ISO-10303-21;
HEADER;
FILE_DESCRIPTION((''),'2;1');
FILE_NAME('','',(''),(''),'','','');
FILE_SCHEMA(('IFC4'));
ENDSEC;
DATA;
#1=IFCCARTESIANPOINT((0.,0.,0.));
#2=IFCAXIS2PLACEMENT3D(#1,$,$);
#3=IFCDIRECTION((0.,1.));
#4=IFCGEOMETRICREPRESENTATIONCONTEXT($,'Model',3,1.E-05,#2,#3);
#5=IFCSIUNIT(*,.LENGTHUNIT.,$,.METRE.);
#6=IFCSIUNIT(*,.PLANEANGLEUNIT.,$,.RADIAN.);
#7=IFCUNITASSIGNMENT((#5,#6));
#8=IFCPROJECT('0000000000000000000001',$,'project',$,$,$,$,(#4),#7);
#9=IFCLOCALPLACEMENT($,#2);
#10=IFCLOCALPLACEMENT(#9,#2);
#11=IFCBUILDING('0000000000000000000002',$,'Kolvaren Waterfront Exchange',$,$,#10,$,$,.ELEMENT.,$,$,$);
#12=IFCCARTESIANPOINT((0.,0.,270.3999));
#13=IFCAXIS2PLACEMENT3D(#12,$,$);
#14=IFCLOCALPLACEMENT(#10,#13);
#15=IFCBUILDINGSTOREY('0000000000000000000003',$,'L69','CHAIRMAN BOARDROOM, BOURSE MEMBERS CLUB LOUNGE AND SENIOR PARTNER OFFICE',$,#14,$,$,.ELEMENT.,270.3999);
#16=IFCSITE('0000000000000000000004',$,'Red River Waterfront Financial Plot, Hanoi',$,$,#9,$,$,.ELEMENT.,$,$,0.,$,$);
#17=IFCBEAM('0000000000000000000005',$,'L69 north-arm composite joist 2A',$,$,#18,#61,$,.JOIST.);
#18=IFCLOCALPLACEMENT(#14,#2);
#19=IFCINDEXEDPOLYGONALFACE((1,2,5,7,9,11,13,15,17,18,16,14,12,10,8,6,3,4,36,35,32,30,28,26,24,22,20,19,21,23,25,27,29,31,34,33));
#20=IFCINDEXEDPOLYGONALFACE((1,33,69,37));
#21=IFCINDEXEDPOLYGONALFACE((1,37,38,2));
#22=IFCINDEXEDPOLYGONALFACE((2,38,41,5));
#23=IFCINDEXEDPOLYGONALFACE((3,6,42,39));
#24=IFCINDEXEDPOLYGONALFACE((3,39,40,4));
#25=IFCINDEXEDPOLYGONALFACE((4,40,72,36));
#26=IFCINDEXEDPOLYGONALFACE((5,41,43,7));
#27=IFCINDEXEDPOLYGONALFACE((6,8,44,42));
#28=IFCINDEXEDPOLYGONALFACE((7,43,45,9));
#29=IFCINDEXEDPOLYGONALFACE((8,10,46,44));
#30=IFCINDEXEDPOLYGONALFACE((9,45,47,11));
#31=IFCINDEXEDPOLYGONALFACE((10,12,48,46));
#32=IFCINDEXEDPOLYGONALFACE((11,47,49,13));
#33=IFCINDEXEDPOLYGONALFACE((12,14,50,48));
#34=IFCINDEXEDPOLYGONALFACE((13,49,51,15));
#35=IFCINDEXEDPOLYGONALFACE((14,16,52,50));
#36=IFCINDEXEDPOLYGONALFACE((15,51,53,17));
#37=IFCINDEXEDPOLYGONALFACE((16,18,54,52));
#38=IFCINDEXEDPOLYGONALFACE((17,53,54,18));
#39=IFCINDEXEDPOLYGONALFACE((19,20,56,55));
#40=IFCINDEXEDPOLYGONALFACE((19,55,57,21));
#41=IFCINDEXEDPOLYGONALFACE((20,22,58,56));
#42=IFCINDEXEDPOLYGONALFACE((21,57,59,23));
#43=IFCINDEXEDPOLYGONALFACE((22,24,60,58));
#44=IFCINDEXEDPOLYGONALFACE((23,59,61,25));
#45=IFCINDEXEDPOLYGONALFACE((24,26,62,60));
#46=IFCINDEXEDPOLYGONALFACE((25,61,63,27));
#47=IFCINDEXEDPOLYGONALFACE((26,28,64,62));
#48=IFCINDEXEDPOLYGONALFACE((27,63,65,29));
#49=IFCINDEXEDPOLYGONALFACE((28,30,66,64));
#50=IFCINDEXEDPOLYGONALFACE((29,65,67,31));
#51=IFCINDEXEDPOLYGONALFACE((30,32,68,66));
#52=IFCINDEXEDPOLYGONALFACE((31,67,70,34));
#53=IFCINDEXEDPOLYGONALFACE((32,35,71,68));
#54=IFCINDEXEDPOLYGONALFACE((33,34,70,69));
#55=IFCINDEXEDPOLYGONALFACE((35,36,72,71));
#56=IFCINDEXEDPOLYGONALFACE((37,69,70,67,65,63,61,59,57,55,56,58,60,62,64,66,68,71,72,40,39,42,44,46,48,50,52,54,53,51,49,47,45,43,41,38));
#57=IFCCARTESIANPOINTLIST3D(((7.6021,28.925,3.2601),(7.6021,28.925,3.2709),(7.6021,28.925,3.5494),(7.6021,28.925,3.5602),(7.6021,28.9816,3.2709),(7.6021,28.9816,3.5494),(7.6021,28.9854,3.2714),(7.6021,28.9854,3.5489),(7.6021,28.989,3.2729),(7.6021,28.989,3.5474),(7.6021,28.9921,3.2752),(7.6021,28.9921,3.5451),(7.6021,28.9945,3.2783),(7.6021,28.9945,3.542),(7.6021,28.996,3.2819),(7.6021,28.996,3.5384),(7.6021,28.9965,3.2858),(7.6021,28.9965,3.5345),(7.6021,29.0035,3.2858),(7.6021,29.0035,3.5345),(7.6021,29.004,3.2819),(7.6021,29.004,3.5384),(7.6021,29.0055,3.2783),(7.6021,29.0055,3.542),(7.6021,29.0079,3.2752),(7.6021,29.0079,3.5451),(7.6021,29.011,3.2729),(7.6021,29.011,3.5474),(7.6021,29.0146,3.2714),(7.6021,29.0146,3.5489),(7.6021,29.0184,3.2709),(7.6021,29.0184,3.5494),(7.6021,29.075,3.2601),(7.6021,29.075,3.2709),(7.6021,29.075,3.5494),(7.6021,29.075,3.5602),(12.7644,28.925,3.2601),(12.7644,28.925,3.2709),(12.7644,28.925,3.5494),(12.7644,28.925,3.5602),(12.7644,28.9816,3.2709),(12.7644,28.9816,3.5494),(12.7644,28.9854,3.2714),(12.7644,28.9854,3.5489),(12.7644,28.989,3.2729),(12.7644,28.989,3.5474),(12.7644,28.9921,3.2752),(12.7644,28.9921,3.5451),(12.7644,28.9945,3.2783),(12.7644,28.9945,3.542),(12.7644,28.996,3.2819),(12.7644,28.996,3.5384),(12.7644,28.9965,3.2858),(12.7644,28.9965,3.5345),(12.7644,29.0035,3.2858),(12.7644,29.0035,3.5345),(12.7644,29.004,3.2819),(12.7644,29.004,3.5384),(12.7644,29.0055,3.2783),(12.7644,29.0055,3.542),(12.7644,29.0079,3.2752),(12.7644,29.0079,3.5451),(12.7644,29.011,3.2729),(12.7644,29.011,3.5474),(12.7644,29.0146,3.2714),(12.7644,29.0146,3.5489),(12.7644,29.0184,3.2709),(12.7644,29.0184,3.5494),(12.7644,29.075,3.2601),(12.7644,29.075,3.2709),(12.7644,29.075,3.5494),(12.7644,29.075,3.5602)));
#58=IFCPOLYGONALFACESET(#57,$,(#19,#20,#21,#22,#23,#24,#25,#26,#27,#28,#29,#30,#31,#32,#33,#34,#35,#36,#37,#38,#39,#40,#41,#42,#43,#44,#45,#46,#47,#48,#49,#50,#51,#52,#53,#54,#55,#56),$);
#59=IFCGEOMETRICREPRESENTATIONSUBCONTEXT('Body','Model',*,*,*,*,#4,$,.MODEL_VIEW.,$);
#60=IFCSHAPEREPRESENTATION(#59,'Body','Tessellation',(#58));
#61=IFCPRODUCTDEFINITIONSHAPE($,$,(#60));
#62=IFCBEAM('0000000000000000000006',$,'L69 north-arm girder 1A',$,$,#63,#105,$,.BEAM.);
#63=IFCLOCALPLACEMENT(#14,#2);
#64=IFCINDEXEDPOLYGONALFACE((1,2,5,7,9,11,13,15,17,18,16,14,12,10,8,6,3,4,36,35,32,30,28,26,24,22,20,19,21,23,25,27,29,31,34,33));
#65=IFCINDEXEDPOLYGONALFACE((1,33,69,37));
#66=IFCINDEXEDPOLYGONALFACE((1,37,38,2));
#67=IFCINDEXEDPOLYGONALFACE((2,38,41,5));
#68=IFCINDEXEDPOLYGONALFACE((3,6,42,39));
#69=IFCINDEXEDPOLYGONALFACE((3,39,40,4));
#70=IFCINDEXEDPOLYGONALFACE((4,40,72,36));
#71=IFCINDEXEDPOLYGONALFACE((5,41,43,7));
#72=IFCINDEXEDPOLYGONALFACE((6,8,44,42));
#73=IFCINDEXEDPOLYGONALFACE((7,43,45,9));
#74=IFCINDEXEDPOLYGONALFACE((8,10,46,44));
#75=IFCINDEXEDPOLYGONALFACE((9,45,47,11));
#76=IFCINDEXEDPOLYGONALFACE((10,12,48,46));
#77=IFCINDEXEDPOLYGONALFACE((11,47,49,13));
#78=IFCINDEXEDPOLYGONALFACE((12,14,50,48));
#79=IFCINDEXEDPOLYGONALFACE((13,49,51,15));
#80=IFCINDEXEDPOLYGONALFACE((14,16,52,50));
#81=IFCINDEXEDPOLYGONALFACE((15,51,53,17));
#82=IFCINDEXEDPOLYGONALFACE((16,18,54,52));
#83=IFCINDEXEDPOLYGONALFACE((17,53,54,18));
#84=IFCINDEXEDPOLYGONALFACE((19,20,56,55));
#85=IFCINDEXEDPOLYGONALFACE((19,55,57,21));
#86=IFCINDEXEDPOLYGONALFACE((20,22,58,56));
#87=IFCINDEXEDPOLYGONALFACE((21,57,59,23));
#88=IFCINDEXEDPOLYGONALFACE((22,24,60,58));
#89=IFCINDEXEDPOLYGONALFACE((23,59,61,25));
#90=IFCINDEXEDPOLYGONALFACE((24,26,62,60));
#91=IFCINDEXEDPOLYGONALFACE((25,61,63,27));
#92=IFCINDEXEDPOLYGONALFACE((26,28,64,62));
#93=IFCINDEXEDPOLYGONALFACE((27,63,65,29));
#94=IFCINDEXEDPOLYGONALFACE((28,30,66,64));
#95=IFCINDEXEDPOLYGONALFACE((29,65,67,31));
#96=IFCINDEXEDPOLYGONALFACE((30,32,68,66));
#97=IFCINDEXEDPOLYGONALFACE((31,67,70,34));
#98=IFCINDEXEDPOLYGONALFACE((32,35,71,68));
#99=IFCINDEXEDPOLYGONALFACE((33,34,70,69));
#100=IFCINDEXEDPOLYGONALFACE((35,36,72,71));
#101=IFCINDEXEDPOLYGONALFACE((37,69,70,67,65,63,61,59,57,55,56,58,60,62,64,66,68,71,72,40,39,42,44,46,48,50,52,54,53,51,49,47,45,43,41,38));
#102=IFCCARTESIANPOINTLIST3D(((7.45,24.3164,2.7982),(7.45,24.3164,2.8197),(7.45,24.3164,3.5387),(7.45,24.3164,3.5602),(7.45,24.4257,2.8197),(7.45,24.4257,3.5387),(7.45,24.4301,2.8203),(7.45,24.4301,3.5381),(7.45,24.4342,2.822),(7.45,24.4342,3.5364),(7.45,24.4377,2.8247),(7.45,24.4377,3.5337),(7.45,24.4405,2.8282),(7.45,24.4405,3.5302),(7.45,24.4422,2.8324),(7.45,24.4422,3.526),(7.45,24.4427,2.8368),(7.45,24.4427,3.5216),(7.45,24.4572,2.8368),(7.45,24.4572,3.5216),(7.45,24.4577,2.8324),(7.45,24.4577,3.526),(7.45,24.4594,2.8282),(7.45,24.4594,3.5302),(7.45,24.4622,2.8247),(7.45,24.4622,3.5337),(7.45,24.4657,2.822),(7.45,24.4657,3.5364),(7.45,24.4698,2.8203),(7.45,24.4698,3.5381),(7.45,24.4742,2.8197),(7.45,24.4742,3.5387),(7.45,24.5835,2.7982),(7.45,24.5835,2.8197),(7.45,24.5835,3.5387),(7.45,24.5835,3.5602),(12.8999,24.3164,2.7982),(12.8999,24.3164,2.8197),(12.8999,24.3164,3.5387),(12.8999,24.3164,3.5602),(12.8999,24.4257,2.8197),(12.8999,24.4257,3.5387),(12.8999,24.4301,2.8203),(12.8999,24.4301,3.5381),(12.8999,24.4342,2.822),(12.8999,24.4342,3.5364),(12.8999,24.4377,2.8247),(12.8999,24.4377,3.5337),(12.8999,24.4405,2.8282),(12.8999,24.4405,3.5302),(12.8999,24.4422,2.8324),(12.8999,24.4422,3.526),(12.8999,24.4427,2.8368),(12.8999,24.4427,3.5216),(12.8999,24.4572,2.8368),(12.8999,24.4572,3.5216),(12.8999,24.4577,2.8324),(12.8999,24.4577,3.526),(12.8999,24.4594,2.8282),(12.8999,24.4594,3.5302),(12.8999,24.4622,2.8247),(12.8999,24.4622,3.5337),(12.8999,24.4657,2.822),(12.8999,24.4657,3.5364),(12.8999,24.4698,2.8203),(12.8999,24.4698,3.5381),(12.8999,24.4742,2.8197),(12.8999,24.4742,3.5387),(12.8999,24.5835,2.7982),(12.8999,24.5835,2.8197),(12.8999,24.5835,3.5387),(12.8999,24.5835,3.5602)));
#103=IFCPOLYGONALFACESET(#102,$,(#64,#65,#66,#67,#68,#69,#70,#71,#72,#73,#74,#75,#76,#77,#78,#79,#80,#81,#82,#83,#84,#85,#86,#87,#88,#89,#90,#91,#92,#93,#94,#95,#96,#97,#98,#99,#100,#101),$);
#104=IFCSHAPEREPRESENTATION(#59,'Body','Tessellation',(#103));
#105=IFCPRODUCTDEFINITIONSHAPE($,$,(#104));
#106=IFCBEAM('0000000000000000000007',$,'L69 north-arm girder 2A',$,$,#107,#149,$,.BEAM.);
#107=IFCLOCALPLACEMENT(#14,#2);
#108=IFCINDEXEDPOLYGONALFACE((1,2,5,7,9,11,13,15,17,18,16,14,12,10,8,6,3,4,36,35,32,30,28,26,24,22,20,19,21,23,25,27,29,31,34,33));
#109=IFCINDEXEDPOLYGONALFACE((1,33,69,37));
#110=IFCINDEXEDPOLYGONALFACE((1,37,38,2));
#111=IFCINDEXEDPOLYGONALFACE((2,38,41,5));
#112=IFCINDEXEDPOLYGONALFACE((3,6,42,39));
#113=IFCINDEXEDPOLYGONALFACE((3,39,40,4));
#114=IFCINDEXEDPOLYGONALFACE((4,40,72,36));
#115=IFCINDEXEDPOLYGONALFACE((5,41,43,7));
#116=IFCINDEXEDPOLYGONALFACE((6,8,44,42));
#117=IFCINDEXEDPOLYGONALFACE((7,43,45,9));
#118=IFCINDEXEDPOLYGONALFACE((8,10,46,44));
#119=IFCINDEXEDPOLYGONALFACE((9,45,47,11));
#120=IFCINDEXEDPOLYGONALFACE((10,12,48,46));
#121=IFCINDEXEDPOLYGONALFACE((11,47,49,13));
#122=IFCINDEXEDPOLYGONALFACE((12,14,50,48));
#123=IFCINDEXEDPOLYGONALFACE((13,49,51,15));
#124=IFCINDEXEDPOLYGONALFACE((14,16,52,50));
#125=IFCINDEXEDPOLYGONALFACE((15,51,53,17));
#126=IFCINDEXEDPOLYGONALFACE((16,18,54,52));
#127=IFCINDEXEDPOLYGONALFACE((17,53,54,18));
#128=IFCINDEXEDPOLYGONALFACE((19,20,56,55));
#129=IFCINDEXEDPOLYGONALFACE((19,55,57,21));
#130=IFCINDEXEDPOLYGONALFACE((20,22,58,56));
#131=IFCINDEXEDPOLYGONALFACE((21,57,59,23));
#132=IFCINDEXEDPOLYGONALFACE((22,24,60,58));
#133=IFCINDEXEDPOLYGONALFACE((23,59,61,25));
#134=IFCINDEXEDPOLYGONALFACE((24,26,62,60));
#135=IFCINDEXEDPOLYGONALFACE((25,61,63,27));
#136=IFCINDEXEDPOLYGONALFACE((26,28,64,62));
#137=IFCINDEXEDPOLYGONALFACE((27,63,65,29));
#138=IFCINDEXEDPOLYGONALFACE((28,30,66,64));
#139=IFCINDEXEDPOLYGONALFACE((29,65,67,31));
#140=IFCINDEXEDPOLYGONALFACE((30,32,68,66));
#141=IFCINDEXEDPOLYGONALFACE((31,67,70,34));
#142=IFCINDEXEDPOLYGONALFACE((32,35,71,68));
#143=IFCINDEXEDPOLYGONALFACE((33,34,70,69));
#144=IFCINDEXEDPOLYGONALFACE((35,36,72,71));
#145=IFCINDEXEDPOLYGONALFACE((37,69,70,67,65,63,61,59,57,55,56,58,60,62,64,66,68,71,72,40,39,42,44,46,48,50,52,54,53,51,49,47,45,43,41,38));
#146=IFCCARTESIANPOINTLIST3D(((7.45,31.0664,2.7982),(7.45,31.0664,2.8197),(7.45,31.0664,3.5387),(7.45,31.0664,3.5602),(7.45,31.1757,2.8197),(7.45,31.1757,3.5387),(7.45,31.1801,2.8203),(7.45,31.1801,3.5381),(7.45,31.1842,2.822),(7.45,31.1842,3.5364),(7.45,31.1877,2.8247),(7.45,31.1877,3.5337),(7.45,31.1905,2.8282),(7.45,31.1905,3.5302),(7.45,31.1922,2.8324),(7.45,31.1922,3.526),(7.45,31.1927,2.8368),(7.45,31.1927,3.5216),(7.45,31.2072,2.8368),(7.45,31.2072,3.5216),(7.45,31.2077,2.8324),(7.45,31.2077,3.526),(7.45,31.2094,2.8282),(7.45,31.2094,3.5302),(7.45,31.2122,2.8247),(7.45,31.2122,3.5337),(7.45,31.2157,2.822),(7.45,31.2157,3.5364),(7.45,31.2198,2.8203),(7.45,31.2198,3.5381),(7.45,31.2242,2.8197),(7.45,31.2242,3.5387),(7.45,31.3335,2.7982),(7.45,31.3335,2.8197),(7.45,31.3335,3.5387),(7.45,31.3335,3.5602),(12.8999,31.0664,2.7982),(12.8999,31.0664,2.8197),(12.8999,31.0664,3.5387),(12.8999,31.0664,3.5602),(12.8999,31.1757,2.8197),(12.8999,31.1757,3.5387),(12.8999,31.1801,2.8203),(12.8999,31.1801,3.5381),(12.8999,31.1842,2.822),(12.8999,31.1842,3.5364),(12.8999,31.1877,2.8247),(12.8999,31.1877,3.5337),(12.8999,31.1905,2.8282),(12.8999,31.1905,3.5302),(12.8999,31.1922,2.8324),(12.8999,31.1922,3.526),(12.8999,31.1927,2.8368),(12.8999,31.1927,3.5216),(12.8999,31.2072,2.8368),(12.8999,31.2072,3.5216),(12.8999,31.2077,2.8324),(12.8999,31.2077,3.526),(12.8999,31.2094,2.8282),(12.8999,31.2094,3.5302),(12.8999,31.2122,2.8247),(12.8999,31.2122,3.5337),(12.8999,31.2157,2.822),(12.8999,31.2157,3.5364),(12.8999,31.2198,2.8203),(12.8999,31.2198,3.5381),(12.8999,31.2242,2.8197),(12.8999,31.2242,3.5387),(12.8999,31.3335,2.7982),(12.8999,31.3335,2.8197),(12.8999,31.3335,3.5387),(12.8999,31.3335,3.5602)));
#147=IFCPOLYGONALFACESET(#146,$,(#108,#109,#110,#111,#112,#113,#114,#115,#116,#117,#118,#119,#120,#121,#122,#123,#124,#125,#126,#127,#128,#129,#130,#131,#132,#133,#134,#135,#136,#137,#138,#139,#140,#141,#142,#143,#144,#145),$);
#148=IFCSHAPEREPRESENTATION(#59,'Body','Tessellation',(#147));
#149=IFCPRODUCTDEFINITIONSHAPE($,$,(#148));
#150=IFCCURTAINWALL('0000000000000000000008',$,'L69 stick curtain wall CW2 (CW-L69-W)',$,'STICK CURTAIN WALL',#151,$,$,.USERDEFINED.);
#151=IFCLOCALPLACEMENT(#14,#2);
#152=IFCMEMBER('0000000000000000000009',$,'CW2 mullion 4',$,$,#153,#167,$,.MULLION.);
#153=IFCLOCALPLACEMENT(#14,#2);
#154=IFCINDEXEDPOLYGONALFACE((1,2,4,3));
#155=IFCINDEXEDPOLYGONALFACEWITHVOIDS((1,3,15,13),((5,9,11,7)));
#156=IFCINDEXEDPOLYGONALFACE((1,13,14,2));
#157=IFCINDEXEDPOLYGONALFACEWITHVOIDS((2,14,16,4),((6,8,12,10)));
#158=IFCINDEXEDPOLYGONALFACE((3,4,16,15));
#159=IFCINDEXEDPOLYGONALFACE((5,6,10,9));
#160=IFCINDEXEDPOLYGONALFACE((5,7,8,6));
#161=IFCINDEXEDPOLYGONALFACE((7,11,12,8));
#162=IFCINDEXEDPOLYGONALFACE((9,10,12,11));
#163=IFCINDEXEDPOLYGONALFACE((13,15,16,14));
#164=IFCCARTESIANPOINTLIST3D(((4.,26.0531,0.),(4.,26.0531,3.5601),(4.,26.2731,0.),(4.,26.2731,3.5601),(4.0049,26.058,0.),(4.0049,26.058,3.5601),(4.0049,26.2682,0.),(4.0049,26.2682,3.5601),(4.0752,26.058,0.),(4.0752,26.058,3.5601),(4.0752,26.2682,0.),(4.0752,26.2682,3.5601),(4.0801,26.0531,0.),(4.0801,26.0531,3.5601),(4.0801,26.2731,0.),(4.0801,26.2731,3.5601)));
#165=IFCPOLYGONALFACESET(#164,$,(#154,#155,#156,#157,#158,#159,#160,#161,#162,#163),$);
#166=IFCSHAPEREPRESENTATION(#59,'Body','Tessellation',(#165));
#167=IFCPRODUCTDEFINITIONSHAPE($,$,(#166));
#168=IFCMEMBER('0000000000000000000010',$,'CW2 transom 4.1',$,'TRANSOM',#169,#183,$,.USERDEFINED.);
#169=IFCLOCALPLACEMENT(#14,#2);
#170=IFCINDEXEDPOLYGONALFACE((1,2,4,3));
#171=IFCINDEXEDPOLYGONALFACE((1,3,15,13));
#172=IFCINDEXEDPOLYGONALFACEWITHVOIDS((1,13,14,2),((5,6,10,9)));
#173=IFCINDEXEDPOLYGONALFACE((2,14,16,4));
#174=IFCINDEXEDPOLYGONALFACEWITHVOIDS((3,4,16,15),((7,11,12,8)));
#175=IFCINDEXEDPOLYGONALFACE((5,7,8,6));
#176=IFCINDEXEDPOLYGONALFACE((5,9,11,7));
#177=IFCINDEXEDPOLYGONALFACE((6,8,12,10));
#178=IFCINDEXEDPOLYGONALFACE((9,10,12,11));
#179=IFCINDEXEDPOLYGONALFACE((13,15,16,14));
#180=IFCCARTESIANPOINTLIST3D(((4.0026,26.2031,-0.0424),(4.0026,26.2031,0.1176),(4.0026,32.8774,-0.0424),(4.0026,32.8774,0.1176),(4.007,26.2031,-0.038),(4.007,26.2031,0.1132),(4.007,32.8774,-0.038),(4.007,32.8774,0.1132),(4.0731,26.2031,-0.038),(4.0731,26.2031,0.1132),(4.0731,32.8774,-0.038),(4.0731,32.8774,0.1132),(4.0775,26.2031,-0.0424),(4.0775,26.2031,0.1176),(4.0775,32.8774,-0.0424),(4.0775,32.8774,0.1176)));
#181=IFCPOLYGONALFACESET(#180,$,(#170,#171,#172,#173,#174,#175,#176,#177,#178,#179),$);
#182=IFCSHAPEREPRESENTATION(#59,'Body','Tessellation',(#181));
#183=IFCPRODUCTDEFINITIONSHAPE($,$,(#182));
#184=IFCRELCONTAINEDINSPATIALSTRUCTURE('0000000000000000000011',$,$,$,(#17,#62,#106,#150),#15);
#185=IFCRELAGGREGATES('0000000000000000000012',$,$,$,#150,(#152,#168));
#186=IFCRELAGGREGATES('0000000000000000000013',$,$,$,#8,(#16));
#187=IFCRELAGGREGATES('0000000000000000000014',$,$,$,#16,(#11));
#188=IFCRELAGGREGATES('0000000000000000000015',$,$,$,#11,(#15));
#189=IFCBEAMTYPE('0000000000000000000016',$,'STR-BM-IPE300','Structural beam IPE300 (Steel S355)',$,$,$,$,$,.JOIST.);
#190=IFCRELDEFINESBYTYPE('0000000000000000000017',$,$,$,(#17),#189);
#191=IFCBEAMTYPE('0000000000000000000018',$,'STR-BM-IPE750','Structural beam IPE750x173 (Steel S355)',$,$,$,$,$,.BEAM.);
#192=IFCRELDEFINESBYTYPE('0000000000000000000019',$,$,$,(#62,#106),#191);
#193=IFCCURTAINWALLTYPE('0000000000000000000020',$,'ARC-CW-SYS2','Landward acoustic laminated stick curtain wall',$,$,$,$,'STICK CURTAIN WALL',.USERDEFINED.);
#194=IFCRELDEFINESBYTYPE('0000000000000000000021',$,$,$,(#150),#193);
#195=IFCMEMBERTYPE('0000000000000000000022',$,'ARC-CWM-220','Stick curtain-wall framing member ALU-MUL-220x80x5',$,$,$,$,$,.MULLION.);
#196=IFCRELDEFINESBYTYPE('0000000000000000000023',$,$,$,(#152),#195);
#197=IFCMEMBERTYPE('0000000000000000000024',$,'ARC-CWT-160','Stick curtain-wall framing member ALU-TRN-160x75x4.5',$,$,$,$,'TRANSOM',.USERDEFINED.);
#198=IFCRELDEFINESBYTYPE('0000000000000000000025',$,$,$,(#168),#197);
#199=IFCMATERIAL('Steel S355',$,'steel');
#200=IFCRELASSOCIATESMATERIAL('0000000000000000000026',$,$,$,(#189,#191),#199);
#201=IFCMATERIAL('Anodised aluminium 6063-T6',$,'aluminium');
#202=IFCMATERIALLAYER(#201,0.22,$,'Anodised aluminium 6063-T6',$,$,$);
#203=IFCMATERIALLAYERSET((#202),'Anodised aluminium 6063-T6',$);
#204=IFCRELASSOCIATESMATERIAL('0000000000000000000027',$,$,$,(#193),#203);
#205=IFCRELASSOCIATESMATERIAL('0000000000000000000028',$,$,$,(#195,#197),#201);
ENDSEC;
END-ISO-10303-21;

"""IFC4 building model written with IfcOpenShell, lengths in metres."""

from ifc_helpers import new_model, si_unit, direction, frame, origin, origin_with_axes, origin_2d, place, context, subcontext, project, spatial, hollow_rectangle, i_section, extrude, source, transform, mapped, material, layer, layer_set, material_profile, profile_set, type_object, element, aggregate, save


model = new_model("IFC4")

# Units and contexts
model_context = context("Model", 3, precision=1e-05, world=origin(), true_north=direction((0.0, 1.0)))
body_context = subcontext(model_context, "Body", "Model", "MODEL_VIEW")
ifc_project = project(units=[si_unit("LENGTHUNIT", "METRE"), si_unit("PLANEANGLEUNIT", "RADIAN")], contexts=[model_context])

# Site, building, storey
site_placement = place(None, origin())
site = spatial("IfcSite", under=ifc_project, at=site_placement, Name="Red River Waterfront Financial Plot, Hanoi", CompositionType="ELEMENT", RefElevation=0.0)
building_placement = place(site_placement, origin())
building = spatial("IfcBuilding", under=site, at=building_placement, Name="Kolvaren Waterfront Exchange", CompositionType="ELEMENT")
storey_placement = place(building_placement, frame((0.0, 0.0, 270.3999)))
storey = spatial("IfcBuildingStorey", under=building, at=storey_placement, Name="L69", Description="CHAIRMAN BOARDROOM, BOURSE MEMBERS CLUB LOUNGE AND SENIOR PARTNER OFFICE", CompositionType="ELEMENT", Elevation=270.3999)

# Beams
ifc_material_1 = material(Name="Steel S355", Category="steel")
ifc_material_profile_1 = material_profile(ifc_material_1, i_section(OverallWidth=0.1499, OverallDepth=0.3, WebThickness=0.0071, FlangeThickness=0.0107, FilletRadius=0.0149, at=origin_2d()), Name="IPE300")
ifc_profile_set_1 = profile_set([ifc_material_profile_1], Name="Steel S355")
beam_type_1 = type_object("IfcBeamType", Name="STR-BM-IPE300", Description="Structural beam IPE300 (Steel S355)", PredefinedType="JOIST", material=ifc_profile_set_1)
for number, where, z_axis, x_axis, name in (
    (1, (7.6021, 29.0, 3.4102), (1.0, 0.0, 0.0), (0.0, 1.0, 0.0), "L69 north-arm composite joist 2A"),
):
    element("IfcBeam", number, at=place(storey_placement, frame(where, z_axis=z_axis, x_axis=x_axis)), inside=storey, type_object=beam_type_1, Name=name, PredefinedType="JOIST", context=body_context, shape_type="SweptSolid", body=[
        extrude(i_section(OverallWidth=0.1499, OverallDepth=0.3, WebThickness=0.0071, FlangeThickness=0.0107, FilletRadius=0.0149, at=origin_2d()), origin(), (0.0, 0.0, 1.0), 5.1624),
    ])
ifc_material_profile_2 = material_profile(ifc_material_1, i_section(OverallWidth=0.2671, OverallDepth=0.762, WebThickness=0.0144, FlangeThickness=0.0215, FilletRadius=0.0171, at=origin_2d()), Name="IPE750x173")
ifc_profile_set_2 = profile_set([ifc_material_profile_2], Name="Steel S355")
beam_type_2 = type_object("IfcBeamType", Name="STR-BM-IPE750", Description="Structural beam IPE750x173 (Steel S355)", PredefinedType="BEAM", material=ifc_profile_set_2)
for number, where, z_axis, x_axis, name in (
    (2, (7.45, 24.45, 3.1792), (1.0, 0.0, 0.0), (0.0, 1.0, 0.0), "L69 north-arm girder 1A"),
    (3, (7.45, 31.2, 3.1792), (1.0, 0.0, 0.0), (0.0, 1.0, 0.0), "L69 north-arm girder 2A"),
):
    element("IfcBeam", number, at=place(storey_placement, frame(where, z_axis=z_axis, x_axis=x_axis)), inside=storey, type_object=beam_type_2, Name=name, PredefinedType="BEAM", context=body_context, shape_type="SweptSolid", body=[
        extrude(i_section(OverallWidth=0.2671, OverallDepth=0.762, WebThickness=0.0144, FlangeThickness=0.0215, FilletRadius=0.0171, at=origin_2d()), origin(), (0.0, 0.0, 1.0), 5.45),
    ])

# Curtain wall, members
ifc_material_2 = material(Name="Anodised aluminium 6063-T6", Category="aluminium")
ifc_layer_1 = layer(ifc_material_2, 0.22, Name="Anodised aluminium 6063-T6")
ifc_layer_set_1 = layer_set([ifc_layer_1], Name="Anodised aluminium 6063-T6")
curtain_wall_type = type_object("IfcCurtainWallType", Name="ARC-CW-SYS2", Description="Landward acoustic laminated stick curtain wall", ElementType="STICK CURTAIN WALL", PredefinedType="USERDEFINED", material=ifc_layer_set_1)
curtain_wall_placement = place(storey_placement, origin())
curtain_wall = element("IfcCurtainWall", 4, at=curtain_wall_placement, inside=storey, type_object=curtain_wall_type, Name="L69 stick curtain wall CW2 (CW-L69-W)", ObjectType="STICK CURTAIN WALL", PredefinedType="USERDEFINED")
ifc_material_profile_3 = material_profile(ifc_material_2, hollow_rectangle(XDim=0.0801, YDim=0.22, WallThickness=0.0049, at=origin_2d()), Name="ALU-MUL-220x80x5")
ifc_profile_set_3 = profile_set([ifc_material_profile_3], Name="Anodised aluminium 6063-T6")
member_type_1 = type_object("IfcMemberType", Name="ARC-CWM-220", Description="Stick curtain-wall framing member ALU-MUL-220x80x5", PredefinedType="MULLION", material=ifc_profile_set_3)
shared_shape_1 = source(origin_with_axes(), body_context, "Body", "SweptSolid", [
    extrude(hollow_rectangle(XDim=0.0801, YDim=0.22, WallThickness=0.0049, at=origin_2d()), origin(), (0.0, 0.0, 1.0), 3.5601),
])
member_1_placement = place(storey_placement, frame((4.04, 26.1631, 0.0), z_axis=(0.0, 0.0, 1.0), x_axis=(-1.0, 0.0, 0.0)))
member_1 = element("IfcMember", 5, at=member_1_placement, type_object=member_type_1, Name="CW2 mullion 4", PredefinedType="MULLION", context=body_context, shape_type="MappedRepresentation", body=[
    mapped(shared_shape_1, transform((0.0, 0.0, 0.0), x_axis=(1.0, 0.0, 0.0), y_axis=(0.0, 1.0, 0.0), z_axis=(0.0, 0.0, 1.0), scale=1.0)),
])
ifc_material_profile_4 = material_profile(ifc_material_2, hollow_rectangle(XDim=0.075, YDim=0.1599, WallThickness=0.0044, at=origin_2d()), Name="ALU-TRN-160x75x4.5")
ifc_profile_set_4 = profile_set([ifc_material_profile_4], Name="Anodised aluminium 6063-T6")
member_type_2 = type_object("IfcMemberType", Name="ARC-CWT-160", Description="Stick curtain-wall framing member ALU-TRN-160x75x4.5", ElementType="TRANSOM", PredefinedType="USERDEFINED", material=ifc_profile_set_4)
shared_shape_2 = source(origin_with_axes(), body_context, "Body", "SweptSolid", [
    extrude(hollow_rectangle(XDim=0.075, YDim=0.1599, WallThickness=0.0044, at=origin_2d()), origin(), (0.0, 0.0, 1.0), 6.6743),
])
member_2_placement = place(storey_placement, frame((4.04, 26.2031, 0.0376), z_axis=(0.0, 1.0, 0.0), x_axis=(-1.0, 0.0, 0.0)))
member_2 = element("IfcMember", 6, at=member_2_placement, type_object=member_type_2, Name="CW2 transom 4.1", ObjectType="TRANSOM", PredefinedType="USERDEFINED", context=body_context, shape_type="MappedRepresentation", body=[
    mapped(shared_shape_2, transform((0.0, 0.0, 0.0), x_axis=(1.0, 0.0, 0.0), y_axis=(0.0, 1.0, 0.0), z_axis=(0.0, 0.0, 1.0), scale=1.0)),
])
aggregate(curtain_wall, [member_1, member_2])

save(model, "model.ifc")
